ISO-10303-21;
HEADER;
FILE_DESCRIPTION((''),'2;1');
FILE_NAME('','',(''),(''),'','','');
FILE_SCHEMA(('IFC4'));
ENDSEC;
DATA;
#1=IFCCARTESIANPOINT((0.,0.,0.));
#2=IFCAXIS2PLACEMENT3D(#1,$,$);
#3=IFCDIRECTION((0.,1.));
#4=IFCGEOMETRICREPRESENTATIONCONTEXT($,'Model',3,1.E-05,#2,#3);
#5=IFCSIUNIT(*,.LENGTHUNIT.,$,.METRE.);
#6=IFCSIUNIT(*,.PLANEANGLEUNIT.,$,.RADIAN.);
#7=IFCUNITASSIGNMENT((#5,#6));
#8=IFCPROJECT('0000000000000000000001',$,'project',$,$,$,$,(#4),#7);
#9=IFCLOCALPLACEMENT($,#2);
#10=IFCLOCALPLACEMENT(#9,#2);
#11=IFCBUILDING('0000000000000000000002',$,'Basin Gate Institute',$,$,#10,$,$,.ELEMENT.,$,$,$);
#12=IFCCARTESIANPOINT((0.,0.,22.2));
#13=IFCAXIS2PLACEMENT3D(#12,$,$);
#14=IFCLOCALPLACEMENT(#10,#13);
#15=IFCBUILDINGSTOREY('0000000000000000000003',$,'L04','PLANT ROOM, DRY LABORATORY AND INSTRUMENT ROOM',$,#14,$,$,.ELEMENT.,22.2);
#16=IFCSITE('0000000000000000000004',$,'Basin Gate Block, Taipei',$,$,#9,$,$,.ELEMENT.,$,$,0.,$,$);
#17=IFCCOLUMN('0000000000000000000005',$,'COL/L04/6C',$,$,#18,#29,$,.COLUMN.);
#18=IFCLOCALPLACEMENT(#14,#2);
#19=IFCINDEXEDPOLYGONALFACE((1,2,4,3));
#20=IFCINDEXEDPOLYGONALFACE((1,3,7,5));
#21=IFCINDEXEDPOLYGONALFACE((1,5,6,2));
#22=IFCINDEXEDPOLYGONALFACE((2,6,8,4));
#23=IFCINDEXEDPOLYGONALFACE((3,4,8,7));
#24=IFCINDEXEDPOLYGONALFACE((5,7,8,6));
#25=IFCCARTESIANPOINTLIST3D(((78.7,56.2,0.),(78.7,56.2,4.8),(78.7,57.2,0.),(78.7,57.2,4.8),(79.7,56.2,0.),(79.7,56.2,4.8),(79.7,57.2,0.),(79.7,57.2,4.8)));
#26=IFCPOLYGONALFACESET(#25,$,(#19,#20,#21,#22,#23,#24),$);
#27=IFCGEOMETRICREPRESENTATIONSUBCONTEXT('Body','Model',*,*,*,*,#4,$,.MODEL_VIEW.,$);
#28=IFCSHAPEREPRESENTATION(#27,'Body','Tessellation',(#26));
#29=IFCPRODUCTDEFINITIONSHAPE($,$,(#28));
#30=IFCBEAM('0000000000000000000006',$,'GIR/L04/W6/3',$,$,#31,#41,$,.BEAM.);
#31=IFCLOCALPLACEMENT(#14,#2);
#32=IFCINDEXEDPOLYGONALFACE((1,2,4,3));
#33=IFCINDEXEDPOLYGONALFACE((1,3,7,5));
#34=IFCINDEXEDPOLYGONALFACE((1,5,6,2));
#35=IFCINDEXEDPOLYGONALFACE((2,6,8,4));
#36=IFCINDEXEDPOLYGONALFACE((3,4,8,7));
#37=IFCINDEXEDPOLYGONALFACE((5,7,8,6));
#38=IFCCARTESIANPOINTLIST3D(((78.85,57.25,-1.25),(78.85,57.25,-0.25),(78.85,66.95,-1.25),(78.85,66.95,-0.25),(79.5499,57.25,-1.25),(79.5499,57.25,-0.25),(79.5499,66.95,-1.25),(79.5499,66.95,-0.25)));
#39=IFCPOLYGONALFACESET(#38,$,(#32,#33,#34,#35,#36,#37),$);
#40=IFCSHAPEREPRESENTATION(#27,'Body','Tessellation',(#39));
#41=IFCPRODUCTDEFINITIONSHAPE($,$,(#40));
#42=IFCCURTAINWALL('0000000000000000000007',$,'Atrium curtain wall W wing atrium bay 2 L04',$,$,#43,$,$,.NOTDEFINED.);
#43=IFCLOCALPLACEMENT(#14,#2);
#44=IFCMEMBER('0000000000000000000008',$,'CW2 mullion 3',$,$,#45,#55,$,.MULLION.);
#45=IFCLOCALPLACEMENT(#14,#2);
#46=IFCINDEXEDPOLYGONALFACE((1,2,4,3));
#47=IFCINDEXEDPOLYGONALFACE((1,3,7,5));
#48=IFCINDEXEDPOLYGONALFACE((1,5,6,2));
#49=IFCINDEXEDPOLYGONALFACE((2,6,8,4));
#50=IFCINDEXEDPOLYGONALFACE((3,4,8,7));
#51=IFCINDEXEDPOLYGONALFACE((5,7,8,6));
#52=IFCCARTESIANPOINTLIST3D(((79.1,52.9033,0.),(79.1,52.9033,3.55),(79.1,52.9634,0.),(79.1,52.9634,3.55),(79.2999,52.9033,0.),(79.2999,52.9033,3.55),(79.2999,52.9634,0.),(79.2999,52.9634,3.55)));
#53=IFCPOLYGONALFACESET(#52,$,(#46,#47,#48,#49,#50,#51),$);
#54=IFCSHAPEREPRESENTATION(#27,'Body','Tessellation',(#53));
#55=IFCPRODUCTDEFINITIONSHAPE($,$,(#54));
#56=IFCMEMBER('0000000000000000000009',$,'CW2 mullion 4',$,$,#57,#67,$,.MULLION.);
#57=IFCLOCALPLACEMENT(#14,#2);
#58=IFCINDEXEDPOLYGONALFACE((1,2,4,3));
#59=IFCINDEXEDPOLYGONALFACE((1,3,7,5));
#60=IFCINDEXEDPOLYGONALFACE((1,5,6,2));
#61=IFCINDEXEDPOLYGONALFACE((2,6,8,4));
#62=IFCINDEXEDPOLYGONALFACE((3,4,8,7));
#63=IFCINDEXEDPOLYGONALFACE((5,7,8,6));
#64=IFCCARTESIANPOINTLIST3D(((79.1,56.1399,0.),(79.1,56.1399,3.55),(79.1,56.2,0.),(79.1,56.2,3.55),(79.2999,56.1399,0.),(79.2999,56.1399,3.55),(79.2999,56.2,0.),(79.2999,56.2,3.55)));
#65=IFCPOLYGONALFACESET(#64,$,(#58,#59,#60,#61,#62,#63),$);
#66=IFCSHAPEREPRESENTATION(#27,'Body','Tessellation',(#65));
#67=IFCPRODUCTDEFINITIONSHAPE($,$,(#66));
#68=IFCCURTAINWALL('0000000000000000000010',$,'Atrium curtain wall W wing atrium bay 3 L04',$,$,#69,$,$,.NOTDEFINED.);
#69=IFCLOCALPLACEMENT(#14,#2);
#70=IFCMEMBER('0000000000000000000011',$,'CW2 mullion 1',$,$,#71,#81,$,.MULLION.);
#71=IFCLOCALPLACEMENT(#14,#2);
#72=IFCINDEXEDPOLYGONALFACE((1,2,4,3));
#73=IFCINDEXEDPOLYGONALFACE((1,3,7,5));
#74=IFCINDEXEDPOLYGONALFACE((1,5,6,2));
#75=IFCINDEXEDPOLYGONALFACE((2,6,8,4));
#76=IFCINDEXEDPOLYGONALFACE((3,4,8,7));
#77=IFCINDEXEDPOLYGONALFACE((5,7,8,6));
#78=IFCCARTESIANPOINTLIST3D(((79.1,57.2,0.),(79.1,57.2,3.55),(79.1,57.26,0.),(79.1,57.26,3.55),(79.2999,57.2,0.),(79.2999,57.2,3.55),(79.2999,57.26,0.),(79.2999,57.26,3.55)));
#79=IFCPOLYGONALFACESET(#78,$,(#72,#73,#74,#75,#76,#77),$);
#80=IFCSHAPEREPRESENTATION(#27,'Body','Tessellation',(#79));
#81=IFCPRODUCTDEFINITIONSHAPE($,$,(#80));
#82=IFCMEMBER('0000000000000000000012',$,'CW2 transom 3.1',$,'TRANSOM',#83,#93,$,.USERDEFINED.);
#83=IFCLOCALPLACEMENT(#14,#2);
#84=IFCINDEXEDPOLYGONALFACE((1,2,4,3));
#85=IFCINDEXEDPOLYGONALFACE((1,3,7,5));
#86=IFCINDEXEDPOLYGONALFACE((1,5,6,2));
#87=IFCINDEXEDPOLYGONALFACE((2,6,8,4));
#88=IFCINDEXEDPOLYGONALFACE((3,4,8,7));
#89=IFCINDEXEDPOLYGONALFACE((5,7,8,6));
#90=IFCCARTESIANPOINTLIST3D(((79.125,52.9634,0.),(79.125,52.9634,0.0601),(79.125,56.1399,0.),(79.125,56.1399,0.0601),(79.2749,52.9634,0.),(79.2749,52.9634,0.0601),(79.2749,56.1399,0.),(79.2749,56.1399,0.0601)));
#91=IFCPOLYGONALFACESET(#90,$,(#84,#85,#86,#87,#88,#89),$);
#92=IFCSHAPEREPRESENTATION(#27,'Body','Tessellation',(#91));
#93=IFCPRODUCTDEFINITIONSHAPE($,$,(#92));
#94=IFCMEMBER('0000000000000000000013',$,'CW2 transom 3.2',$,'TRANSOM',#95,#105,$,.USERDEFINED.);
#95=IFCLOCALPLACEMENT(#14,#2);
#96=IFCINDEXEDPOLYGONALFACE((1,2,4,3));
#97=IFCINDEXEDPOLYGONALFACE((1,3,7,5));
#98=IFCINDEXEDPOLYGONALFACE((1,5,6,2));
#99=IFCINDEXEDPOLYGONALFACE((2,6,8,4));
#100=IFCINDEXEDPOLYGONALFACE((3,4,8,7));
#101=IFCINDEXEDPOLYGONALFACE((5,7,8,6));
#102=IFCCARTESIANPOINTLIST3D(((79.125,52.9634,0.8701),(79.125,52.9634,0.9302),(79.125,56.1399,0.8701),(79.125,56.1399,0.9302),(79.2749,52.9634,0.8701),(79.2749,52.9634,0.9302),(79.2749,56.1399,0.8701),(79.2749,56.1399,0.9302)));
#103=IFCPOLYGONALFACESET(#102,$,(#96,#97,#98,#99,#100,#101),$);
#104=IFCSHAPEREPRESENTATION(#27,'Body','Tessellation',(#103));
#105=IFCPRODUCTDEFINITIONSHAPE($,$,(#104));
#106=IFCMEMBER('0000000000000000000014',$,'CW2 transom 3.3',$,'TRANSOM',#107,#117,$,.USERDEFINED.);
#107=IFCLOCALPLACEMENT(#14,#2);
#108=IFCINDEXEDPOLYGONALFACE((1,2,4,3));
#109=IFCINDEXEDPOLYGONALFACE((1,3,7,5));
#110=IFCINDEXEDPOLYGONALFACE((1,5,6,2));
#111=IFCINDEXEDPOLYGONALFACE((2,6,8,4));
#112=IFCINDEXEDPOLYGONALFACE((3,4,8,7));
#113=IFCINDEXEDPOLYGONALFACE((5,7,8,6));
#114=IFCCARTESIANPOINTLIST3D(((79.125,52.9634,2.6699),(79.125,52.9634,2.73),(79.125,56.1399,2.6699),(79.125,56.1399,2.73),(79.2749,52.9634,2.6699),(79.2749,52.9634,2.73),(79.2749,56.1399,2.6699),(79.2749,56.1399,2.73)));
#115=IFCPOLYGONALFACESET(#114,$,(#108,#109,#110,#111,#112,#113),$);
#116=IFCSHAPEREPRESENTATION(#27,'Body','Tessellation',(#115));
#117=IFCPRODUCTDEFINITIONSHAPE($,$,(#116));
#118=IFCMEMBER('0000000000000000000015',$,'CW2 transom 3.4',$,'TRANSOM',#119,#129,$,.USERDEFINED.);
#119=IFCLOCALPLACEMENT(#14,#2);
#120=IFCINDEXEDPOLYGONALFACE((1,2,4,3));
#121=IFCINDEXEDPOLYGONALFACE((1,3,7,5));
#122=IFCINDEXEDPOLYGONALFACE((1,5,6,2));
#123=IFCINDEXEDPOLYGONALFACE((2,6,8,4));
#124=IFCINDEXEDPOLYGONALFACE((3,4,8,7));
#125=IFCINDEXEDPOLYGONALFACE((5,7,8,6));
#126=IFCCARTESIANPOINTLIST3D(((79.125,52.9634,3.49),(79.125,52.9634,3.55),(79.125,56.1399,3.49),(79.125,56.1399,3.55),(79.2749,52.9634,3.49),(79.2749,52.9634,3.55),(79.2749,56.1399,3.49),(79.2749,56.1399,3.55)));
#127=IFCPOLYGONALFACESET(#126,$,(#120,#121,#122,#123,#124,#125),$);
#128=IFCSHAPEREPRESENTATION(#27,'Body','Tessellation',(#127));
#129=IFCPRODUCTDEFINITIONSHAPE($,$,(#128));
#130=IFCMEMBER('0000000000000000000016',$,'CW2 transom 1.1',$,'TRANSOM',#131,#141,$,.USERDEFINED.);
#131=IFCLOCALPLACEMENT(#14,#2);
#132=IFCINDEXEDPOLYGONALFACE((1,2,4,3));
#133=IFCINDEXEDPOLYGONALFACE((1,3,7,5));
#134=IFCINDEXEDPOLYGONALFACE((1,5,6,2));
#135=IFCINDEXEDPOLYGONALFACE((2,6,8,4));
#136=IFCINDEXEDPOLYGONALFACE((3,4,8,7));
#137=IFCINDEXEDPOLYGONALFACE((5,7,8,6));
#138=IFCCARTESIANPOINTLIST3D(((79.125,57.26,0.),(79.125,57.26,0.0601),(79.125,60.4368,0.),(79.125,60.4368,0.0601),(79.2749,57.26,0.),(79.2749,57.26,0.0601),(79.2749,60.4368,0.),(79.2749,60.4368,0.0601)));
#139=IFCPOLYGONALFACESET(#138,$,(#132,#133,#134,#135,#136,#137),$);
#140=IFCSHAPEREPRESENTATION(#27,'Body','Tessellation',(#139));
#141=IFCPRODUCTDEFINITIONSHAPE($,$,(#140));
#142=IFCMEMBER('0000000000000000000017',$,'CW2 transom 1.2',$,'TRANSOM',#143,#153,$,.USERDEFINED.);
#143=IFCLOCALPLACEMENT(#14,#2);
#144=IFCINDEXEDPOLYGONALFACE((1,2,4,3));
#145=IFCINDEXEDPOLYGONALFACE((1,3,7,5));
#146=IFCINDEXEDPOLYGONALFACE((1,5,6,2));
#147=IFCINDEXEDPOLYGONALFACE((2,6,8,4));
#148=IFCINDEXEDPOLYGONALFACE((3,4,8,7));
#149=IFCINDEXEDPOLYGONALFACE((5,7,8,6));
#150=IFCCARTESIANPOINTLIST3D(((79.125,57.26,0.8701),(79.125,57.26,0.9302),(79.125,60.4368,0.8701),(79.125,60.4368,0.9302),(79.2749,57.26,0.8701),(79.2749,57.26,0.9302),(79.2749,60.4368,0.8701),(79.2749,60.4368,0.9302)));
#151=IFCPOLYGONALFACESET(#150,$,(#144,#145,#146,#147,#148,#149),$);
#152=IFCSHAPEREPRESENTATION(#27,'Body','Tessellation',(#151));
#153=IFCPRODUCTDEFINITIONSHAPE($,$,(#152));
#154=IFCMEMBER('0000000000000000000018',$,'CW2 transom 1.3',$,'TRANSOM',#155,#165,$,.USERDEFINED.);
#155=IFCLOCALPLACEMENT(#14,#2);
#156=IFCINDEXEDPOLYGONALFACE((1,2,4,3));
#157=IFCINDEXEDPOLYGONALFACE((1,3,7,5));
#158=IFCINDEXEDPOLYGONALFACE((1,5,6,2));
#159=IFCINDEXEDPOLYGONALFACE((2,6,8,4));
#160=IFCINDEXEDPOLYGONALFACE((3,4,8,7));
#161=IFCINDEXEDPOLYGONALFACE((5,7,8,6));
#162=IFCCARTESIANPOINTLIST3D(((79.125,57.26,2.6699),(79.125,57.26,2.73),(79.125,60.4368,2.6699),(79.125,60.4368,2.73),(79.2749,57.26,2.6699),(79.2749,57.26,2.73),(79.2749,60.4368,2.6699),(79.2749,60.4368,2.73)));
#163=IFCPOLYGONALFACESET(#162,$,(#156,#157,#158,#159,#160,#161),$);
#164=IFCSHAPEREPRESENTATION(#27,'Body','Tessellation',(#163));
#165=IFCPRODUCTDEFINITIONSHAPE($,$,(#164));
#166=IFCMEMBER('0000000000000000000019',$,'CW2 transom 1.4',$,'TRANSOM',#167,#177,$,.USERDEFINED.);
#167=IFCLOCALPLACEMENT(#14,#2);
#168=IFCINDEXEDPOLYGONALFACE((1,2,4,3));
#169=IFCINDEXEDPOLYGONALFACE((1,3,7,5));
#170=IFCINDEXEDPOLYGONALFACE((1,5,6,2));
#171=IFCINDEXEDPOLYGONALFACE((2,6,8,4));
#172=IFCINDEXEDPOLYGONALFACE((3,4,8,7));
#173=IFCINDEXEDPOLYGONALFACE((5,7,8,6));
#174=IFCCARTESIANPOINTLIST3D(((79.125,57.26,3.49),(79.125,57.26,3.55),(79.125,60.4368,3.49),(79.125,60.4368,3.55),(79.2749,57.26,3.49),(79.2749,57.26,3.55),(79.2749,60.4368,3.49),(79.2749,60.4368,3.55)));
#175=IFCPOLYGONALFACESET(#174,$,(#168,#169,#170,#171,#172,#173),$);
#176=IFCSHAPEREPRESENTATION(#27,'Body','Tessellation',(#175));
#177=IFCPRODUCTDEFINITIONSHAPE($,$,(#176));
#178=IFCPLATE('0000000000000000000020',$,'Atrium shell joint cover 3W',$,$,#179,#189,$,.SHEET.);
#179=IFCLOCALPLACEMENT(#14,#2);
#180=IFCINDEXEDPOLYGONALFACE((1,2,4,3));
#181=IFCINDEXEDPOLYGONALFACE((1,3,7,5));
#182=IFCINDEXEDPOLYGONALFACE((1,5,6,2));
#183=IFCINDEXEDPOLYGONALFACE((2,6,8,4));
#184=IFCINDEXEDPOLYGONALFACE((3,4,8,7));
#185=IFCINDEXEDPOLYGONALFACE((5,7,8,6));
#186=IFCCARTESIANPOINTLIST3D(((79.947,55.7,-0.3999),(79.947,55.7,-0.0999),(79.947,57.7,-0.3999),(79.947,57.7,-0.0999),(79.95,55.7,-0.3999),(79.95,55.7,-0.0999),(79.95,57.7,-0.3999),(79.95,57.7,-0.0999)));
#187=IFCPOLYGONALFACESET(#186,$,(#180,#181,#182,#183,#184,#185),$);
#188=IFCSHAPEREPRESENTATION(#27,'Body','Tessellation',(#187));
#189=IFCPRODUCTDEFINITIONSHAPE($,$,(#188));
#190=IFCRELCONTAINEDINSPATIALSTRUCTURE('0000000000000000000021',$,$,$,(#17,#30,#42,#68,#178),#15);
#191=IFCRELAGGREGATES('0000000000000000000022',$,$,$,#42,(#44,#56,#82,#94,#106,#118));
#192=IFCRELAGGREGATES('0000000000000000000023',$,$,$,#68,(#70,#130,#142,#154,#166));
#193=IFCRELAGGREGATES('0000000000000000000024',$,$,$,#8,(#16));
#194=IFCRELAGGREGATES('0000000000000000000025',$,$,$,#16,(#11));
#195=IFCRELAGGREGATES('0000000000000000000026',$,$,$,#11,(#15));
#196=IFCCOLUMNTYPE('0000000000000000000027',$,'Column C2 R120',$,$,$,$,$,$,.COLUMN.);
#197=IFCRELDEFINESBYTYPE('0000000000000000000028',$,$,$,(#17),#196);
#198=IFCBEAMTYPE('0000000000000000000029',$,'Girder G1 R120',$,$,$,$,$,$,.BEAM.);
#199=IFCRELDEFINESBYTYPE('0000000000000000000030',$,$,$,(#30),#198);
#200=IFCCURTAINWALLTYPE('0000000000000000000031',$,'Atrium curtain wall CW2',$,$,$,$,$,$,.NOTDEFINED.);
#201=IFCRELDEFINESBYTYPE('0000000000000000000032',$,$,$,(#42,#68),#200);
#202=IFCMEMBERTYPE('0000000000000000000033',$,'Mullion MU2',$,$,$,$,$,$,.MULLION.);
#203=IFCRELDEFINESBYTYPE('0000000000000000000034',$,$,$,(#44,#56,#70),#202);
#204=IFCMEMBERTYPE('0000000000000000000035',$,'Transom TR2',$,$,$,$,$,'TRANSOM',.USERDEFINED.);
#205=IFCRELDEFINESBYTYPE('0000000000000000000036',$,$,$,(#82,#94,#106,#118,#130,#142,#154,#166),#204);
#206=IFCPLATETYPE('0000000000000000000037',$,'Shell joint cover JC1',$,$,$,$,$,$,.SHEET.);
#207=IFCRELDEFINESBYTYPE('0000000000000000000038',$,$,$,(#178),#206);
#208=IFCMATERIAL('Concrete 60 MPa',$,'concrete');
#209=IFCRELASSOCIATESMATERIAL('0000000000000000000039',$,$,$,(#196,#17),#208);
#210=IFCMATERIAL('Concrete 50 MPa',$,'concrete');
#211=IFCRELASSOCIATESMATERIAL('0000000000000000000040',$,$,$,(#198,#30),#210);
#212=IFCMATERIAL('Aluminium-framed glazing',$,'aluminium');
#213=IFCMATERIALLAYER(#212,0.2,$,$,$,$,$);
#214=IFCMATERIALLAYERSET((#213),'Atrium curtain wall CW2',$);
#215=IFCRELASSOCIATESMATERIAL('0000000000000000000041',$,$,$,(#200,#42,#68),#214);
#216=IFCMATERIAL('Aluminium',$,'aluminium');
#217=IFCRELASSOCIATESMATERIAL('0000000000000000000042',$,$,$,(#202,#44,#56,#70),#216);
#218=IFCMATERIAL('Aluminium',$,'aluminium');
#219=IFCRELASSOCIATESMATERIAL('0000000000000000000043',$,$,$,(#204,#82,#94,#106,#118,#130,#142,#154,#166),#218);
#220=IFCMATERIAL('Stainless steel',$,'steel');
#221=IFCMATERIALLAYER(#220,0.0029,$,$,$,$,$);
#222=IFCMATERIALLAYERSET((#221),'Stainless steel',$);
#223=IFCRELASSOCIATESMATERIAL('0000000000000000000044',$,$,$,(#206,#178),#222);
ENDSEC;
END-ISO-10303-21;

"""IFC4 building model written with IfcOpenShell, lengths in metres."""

from ifc_helpers import new_model, si_unit, direction, frame, origin, origin_2d, place, context, subcontext, project, spatial, rectangle, extrude, material, layer, layer_set, material_profile, profile_set, type_object, element, aggregate, save


model = new_model("IFC4")

# Units and contexts
model_context = context("Model", 3, precision=1e-05, world=origin(), true_north=direction((0.0, 1.0)))
body_context = subcontext(model_context, "Body", "Model", "MODEL_VIEW")
ifc_project = project(units=[si_unit("LENGTHUNIT", "METRE"), si_unit("PLANEANGLEUNIT", "RADIAN")], contexts=[model_context])

# Site, building, storey
site_placement = place(None, origin())
site = spatial("IfcSite", under=ifc_project, at=site_placement, Name="Basin Gate Block, Taipei", CompositionType="ELEMENT", RefElevation=0.0)
building_placement = place(site_placement, origin())
building = spatial("IfcBuilding", under=site, at=building_placement, Name="Basin Gate Institute", CompositionType="ELEMENT")
storey_placement = place(building_placement, frame((0.0, 0.0, 22.2)))
storey = spatial("IfcBuildingStorey", under=building, at=storey_placement, Name="L04", Description="PLANT ROOM, DRY LABORATORY AND INSTRUMENT ROOM", CompositionType="ELEMENT", Elevation=22.2)

# Column
ifc_material_1 = material(Name="Concrete 60 MPa", Category="concrete")
ifc_material_profile_1 = material_profile(ifc_material_1, rectangle(XDim=1.0, YDim=1.0, at=origin_2d()), Name="Column C2 1000 x 1000")
ifc_profile_set_1 = profile_set([ifc_material_profile_1], Name="Concrete 60 MPa")
column_type = type_object("IfcColumnType", Name="Column C2 R120", PredefinedType="COLUMN", material=ifc_profile_set_1)
column_placement = place(storey_placement, frame((79.2, 56.7, 0.0), z_axis=(0.0, 0.0, 1.0), x_axis=(1.0, 0.0, 0.0)))
element("IfcColumn", 1, at=column_placement, inside=storey, type_object=column_type, material=ifc_profile_set_1, Name="COL/L04/6C", PredefinedType="COLUMN", context=body_context, shape_type="SweptSolid", body=[
    extrude(rectangle(XDim=1.0, YDim=1.0, at=origin_2d()), origin(), (0.0, 0.0, 1.0), 4.8),
])

# Beam
ifc_material_2 = material(Name="Concrete 50 MPa", Category="concrete")
ifc_material_profile_2 = material_profile(ifc_material_2, rectangle(XDim=0.7, YDim=1.0, at=origin_2d()), Name="Girder G1 700 x 1000")
ifc_profile_set_2 = profile_set([ifc_material_profile_2], Name="Concrete 50 MPa")
beam_type = type_object("IfcBeamType", Name="Girder G1 R120", PredefinedType="BEAM", material=ifc_profile_set_2)
beam_placement = place(storey_placement, frame((79.2, 57.25, -0.75), z_axis=(0.0, 1.0, 0.0), x_axis=(-1.0, 0.0, 0.0)))
element("IfcBeam", 2, at=beam_placement, inside=storey, type_object=beam_type, material=ifc_profile_set_2, Name="GIR/L04/W6/3", PredefinedType="BEAM", context=body_context, shape_type="SweptSolid", body=[
    extrude(rectangle(XDim=0.7, YDim=1.0, at=origin_2d()), origin(), (0.0, 0.0, 1.0), 9.7),
])

# Curtain wall, members
ifc_material_3 = material(Name="Aluminium-framed glazing", Category="aluminium")
ifc_layer_1 = layer(ifc_material_3, 0.2)
ifc_layer_set_1 = layer_set([ifc_layer_1], Name="Atrium curtain wall CW2")
curtain_wall_type = type_object("IfcCurtainWallType", Name="Atrium curtain wall CW2", PredefinedType="NOTDEFINED", material=ifc_layer_set_1)
curtain_wall_1_placement = place(storey_placement, origin())
curtain_wall_1 = element("IfcCurtainWall", 3, at=curtain_wall_1_placement, inside=storey, type_object=curtain_wall_type, material=ifc_layer_set_1, Name="Atrium curtain wall W wing atrium bay 2 L04", PredefinedType="NOTDEFINED")
ifc_material_4 = material(Name="Aluminium", Category="aluminium")
ifc_material_profile_3 = material_profile(ifc_material_4, rectangle(XDim=0.2, YDim=0.0601, at=origin_2d()), Name="Mullion MU2 200 x 60")
ifc_profile_set_3 = profile_set([ifc_material_profile_3], Name="Aluminium")
member_type_1 = type_object("IfcMemberType", Name="Mullion MU2", PredefinedType="MULLION", material=ifc_profile_set_3)
member_1_placement = place(storey_placement, frame((79.2, 52.9333, 0.0), z_axis=(0.0, 0.0, 1.0), x_axis=(-1.0, 0.0, 0.0)))
member_1 = element("IfcMember", 4, at=member_1_placement, type_object=member_type_1, material=ifc_profile_set_3, Name="CW2 mullion 3", PredefinedType="MULLION", context=body_context, shape_type="SweptSolid", body=[
    extrude(rectangle(XDim=0.2, YDim=0.0601, at=origin_2d()), origin(), (0.0, 0.0, 1.0), 3.55),
])
member_2_placement = place(storey_placement, frame((79.2, 56.1699, 0.0), z_axis=(0.0, 0.0, 1.0), x_axis=(-1.0, 0.0, 0.0)))
member_2 = element("IfcMember", 5, at=member_2_placement, type_object=member_type_1, material=ifc_profile_set_3, Name="CW2 mullion 4", PredefinedType="MULLION", context=body_context, shape_type="SweptSolid", body=[
    extrude(rectangle(XDim=0.2, YDim=0.0601, at=origin_2d()), origin(), (0.0, 0.0, 1.0), 3.55),
])

# Curtain wall, member
curtain_wall_2_placement = place(storey_placement, origin())
curtain_wall_2 = element("IfcCurtainWall", 6, at=curtain_wall_2_placement, inside=storey, type_object=curtain_wall_type, material=ifc_layer_set_1, Name="Atrium curtain wall W wing atrium bay 3 L04", PredefinedType="NOTDEFINED")
member_3_placement = place(storey_placement, frame((79.2, 57.23, 0.0), z_axis=(0.0, 0.0, 1.0), x_axis=(-1.0, 0.0, 0.0)))
member_3 = element("IfcMember", 7, at=member_3_placement, type_object=member_type_1, material=ifc_profile_set_3, Name="CW2 mullion 1", PredefinedType="MULLION", context=body_context, shape_type="SweptSolid", body=[
    extrude(rectangle(XDim=0.2, YDim=0.0601, at=origin_2d()), origin(), (0.0, 0.0, 1.0), 3.55),
])

# Members
ifc_material_5 = material(Name="Aluminium", Category="aluminium")
ifc_material_profile_4 = material_profile(ifc_material_5, rectangle(XDim=0.1499, YDim=0.0601, at=origin_2d()), Name="Transom TR2 150 x 60")
ifc_profile_set_4 = profile_set([ifc_material_profile_4], Name="Aluminium")
member_type_2 = type_object("IfcMemberType", Name="Transom TR2", ElementType="TRANSOM", PredefinedType="USERDEFINED", material=ifc_profile_set_4)
member_4_placement = place(storey_placement, frame((79.2, 52.9634, 0.03), z_axis=(0.0, 1.0, 0.0), x_axis=(-1.0, 0.0, 0.0)))
member_4 = element("IfcMember", 8, at=member_4_placement, type_object=member_type_2, material=ifc_profile_set_4, Name="CW2 transom 3.1", ObjectType="TRANSOM", PredefinedType="USERDEFINED", context=body_context, shape_type="SweptSolid", body=[
    extrude(rectangle(XDim=0.1499, YDim=0.0601, at=origin_2d()), origin(), (0.0, 0.0, 1.0), 3.1765),
])
member_5_placement = place(storey_placement, frame((79.2, 52.9634, 0.9001), z_axis=(0.0, 1.0, 0.0), x_axis=(-1.0, 0.0, 0.0)))
member_5 = element("IfcMember", 9, at=member_5_placement, type_object=member_type_2, material=ifc_profile_set_4, Name="CW2 transom 3.2", ObjectType="TRANSOM", PredefinedType="USERDEFINED", context=body_context, shape_type="SweptSolid", body=[
    extrude(rectangle(XDim=0.1499, YDim=0.0601, at=origin_2d()), origin(), (0.0, 0.0, 1.0), 3.1765),
])
member_6_placement = place(storey_placement, frame((79.2, 52.9634, 2.7), z_axis=(0.0, 1.0, 0.0), x_axis=(-1.0, 0.0, 0.0)))
member_6 = element("IfcMember", 10, at=member_6_placement, type_object=member_type_2, material=ifc_profile_set_4, Name="CW2 transom 3.3", ObjectType="TRANSOM", PredefinedType="USERDEFINED", context=body_context, shape_type="SweptSolid", body=[
    extrude(rectangle(XDim=0.1499, YDim=0.0601, at=origin_2d()), origin(), (0.0, 0.0, 1.0), 3.1765),
])
member_7_placement = place(storey_placement, frame((79.2, 52.9634, 3.52), z_axis=(0.0, 1.0, 0.0), x_axis=(-1.0, 0.0, 0.0)))
member_7 = element("IfcMember", 11, at=member_7_placement, type_object=member_type_2, material=ifc_profile_set_4, Name="CW2 transom 3.4", ObjectType="TRANSOM", PredefinedType="USERDEFINED", context=body_context, shape_type="SweptSolid", body=[
    extrude(rectangle(XDim=0.1499, YDim=0.0601, at=origin_2d()), origin(), (0.0, 0.0, 1.0), 3.1765),
])
member_8_placement = place(storey_placement, frame((79.2, 57.26, 0.03), z_axis=(0.0, 1.0, 0.0), x_axis=(-1.0, 0.0, 0.0)))
member_8 = element("IfcMember", 12, at=member_8_placement, type_object=member_type_2, material=ifc_profile_set_4, Name="CW2 transom 1.1", ObjectType="TRANSOM", PredefinedType="USERDEFINED", context=body_context, shape_type="SweptSolid", body=[
    extrude(rectangle(XDim=0.1499, YDim=0.0601, at=origin_2d()), origin(), (0.0, 0.0, 1.0), 3.1768),
])
member_9_placement = place(storey_placement, frame((79.2, 57.26, 0.9001), z_axis=(0.0, 1.0, 0.0), x_axis=(-1.0, 0.0, 0.0)))
member_9 = element("IfcMember", 13, at=member_9_placement, type_object=member_type_2, material=ifc_profile_set_4, Name="CW2 transom 1.2", ObjectType="TRANSOM", PredefinedType="USERDEFINED", context=body_context, shape_type="SweptSolid", body=[
    extrude(rectangle(XDim=0.1499, YDim=0.0601, at=origin_2d()), origin(), (0.0, 0.0, 1.0), 3.1768),
])
member_10_placement = place(storey_placement, frame((79.2, 57.26, 2.7), z_axis=(0.0, 1.0, 0.0), x_axis=(-1.0, 0.0, 0.0)))
member_10 = element("IfcMember", 14, at=member_10_placement, type_object=member_type_2, material=ifc_profile_set_4, Name="CW2 transom 1.3", ObjectType="TRANSOM", PredefinedType="USERDEFINED", context=body_context, shape_type="SweptSolid", body=[
    extrude(rectangle(XDim=0.1499, YDim=0.0601, at=origin_2d()), origin(), (0.0, 0.0, 1.0), 3.1768),
])
member_11_placement = place(storey_placement, frame((79.2, 57.26, 3.52), z_axis=(0.0, 1.0, 0.0), x_axis=(-1.0, 0.0, 0.0)))
member_11 = element("IfcMember", 15, at=member_11_placement, type_object=member_type_2, material=ifc_profile_set_4, Name="CW2 transom 1.4", ObjectType="TRANSOM", PredefinedType="USERDEFINED", context=body_context, shape_type="SweptSolid", body=[
    extrude(rectangle(XDim=0.1499, YDim=0.0601, at=origin_2d()), origin(), (0.0, 0.0, 1.0), 3.1768),
])

# Plate
ifc_material_6 = material(Name="Stainless steel", Category="steel")
ifc_layer_2 = layer(ifc_material_6, 0.0029)
ifc_layer_set_2 = layer_set([ifc_layer_2], Name="Stainless steel")
plate_type_1 = type_object("IfcPlateType", Name="Shell joint cover JC1", PredefinedType="SHEET", material=ifc_layer_set_2)
plate_1_placement = place(storey_placement, frame((79.9485, 56.7, -0.3999), z_axis=(0.0, 0.0, 1.0), x_axis=(1.0, 0.0, 0.0)))
element("IfcPlate", 16, at=plate_1_placement, inside=storey, type_object=plate_type_1, material=ifc_layer_set_2, Name="Atrium shell joint cover 3W", PredefinedType="SHEET", context=body_context, shape_type="SweptSolid", body=[
    extrude(rectangle(XDim=0.0029, YDim=2.0, at=origin_2d()), origin(), (0.0, 0.0, 1.0), 0.3),
])
aggregate(curtain_wall_1, [member_1, member_2, member_4, member_5, member_6, member_7])
aggregate(curtain_wall_2, [member_3, member_8, member_9, member_10, member_11])

save(model, "model.ifc")
